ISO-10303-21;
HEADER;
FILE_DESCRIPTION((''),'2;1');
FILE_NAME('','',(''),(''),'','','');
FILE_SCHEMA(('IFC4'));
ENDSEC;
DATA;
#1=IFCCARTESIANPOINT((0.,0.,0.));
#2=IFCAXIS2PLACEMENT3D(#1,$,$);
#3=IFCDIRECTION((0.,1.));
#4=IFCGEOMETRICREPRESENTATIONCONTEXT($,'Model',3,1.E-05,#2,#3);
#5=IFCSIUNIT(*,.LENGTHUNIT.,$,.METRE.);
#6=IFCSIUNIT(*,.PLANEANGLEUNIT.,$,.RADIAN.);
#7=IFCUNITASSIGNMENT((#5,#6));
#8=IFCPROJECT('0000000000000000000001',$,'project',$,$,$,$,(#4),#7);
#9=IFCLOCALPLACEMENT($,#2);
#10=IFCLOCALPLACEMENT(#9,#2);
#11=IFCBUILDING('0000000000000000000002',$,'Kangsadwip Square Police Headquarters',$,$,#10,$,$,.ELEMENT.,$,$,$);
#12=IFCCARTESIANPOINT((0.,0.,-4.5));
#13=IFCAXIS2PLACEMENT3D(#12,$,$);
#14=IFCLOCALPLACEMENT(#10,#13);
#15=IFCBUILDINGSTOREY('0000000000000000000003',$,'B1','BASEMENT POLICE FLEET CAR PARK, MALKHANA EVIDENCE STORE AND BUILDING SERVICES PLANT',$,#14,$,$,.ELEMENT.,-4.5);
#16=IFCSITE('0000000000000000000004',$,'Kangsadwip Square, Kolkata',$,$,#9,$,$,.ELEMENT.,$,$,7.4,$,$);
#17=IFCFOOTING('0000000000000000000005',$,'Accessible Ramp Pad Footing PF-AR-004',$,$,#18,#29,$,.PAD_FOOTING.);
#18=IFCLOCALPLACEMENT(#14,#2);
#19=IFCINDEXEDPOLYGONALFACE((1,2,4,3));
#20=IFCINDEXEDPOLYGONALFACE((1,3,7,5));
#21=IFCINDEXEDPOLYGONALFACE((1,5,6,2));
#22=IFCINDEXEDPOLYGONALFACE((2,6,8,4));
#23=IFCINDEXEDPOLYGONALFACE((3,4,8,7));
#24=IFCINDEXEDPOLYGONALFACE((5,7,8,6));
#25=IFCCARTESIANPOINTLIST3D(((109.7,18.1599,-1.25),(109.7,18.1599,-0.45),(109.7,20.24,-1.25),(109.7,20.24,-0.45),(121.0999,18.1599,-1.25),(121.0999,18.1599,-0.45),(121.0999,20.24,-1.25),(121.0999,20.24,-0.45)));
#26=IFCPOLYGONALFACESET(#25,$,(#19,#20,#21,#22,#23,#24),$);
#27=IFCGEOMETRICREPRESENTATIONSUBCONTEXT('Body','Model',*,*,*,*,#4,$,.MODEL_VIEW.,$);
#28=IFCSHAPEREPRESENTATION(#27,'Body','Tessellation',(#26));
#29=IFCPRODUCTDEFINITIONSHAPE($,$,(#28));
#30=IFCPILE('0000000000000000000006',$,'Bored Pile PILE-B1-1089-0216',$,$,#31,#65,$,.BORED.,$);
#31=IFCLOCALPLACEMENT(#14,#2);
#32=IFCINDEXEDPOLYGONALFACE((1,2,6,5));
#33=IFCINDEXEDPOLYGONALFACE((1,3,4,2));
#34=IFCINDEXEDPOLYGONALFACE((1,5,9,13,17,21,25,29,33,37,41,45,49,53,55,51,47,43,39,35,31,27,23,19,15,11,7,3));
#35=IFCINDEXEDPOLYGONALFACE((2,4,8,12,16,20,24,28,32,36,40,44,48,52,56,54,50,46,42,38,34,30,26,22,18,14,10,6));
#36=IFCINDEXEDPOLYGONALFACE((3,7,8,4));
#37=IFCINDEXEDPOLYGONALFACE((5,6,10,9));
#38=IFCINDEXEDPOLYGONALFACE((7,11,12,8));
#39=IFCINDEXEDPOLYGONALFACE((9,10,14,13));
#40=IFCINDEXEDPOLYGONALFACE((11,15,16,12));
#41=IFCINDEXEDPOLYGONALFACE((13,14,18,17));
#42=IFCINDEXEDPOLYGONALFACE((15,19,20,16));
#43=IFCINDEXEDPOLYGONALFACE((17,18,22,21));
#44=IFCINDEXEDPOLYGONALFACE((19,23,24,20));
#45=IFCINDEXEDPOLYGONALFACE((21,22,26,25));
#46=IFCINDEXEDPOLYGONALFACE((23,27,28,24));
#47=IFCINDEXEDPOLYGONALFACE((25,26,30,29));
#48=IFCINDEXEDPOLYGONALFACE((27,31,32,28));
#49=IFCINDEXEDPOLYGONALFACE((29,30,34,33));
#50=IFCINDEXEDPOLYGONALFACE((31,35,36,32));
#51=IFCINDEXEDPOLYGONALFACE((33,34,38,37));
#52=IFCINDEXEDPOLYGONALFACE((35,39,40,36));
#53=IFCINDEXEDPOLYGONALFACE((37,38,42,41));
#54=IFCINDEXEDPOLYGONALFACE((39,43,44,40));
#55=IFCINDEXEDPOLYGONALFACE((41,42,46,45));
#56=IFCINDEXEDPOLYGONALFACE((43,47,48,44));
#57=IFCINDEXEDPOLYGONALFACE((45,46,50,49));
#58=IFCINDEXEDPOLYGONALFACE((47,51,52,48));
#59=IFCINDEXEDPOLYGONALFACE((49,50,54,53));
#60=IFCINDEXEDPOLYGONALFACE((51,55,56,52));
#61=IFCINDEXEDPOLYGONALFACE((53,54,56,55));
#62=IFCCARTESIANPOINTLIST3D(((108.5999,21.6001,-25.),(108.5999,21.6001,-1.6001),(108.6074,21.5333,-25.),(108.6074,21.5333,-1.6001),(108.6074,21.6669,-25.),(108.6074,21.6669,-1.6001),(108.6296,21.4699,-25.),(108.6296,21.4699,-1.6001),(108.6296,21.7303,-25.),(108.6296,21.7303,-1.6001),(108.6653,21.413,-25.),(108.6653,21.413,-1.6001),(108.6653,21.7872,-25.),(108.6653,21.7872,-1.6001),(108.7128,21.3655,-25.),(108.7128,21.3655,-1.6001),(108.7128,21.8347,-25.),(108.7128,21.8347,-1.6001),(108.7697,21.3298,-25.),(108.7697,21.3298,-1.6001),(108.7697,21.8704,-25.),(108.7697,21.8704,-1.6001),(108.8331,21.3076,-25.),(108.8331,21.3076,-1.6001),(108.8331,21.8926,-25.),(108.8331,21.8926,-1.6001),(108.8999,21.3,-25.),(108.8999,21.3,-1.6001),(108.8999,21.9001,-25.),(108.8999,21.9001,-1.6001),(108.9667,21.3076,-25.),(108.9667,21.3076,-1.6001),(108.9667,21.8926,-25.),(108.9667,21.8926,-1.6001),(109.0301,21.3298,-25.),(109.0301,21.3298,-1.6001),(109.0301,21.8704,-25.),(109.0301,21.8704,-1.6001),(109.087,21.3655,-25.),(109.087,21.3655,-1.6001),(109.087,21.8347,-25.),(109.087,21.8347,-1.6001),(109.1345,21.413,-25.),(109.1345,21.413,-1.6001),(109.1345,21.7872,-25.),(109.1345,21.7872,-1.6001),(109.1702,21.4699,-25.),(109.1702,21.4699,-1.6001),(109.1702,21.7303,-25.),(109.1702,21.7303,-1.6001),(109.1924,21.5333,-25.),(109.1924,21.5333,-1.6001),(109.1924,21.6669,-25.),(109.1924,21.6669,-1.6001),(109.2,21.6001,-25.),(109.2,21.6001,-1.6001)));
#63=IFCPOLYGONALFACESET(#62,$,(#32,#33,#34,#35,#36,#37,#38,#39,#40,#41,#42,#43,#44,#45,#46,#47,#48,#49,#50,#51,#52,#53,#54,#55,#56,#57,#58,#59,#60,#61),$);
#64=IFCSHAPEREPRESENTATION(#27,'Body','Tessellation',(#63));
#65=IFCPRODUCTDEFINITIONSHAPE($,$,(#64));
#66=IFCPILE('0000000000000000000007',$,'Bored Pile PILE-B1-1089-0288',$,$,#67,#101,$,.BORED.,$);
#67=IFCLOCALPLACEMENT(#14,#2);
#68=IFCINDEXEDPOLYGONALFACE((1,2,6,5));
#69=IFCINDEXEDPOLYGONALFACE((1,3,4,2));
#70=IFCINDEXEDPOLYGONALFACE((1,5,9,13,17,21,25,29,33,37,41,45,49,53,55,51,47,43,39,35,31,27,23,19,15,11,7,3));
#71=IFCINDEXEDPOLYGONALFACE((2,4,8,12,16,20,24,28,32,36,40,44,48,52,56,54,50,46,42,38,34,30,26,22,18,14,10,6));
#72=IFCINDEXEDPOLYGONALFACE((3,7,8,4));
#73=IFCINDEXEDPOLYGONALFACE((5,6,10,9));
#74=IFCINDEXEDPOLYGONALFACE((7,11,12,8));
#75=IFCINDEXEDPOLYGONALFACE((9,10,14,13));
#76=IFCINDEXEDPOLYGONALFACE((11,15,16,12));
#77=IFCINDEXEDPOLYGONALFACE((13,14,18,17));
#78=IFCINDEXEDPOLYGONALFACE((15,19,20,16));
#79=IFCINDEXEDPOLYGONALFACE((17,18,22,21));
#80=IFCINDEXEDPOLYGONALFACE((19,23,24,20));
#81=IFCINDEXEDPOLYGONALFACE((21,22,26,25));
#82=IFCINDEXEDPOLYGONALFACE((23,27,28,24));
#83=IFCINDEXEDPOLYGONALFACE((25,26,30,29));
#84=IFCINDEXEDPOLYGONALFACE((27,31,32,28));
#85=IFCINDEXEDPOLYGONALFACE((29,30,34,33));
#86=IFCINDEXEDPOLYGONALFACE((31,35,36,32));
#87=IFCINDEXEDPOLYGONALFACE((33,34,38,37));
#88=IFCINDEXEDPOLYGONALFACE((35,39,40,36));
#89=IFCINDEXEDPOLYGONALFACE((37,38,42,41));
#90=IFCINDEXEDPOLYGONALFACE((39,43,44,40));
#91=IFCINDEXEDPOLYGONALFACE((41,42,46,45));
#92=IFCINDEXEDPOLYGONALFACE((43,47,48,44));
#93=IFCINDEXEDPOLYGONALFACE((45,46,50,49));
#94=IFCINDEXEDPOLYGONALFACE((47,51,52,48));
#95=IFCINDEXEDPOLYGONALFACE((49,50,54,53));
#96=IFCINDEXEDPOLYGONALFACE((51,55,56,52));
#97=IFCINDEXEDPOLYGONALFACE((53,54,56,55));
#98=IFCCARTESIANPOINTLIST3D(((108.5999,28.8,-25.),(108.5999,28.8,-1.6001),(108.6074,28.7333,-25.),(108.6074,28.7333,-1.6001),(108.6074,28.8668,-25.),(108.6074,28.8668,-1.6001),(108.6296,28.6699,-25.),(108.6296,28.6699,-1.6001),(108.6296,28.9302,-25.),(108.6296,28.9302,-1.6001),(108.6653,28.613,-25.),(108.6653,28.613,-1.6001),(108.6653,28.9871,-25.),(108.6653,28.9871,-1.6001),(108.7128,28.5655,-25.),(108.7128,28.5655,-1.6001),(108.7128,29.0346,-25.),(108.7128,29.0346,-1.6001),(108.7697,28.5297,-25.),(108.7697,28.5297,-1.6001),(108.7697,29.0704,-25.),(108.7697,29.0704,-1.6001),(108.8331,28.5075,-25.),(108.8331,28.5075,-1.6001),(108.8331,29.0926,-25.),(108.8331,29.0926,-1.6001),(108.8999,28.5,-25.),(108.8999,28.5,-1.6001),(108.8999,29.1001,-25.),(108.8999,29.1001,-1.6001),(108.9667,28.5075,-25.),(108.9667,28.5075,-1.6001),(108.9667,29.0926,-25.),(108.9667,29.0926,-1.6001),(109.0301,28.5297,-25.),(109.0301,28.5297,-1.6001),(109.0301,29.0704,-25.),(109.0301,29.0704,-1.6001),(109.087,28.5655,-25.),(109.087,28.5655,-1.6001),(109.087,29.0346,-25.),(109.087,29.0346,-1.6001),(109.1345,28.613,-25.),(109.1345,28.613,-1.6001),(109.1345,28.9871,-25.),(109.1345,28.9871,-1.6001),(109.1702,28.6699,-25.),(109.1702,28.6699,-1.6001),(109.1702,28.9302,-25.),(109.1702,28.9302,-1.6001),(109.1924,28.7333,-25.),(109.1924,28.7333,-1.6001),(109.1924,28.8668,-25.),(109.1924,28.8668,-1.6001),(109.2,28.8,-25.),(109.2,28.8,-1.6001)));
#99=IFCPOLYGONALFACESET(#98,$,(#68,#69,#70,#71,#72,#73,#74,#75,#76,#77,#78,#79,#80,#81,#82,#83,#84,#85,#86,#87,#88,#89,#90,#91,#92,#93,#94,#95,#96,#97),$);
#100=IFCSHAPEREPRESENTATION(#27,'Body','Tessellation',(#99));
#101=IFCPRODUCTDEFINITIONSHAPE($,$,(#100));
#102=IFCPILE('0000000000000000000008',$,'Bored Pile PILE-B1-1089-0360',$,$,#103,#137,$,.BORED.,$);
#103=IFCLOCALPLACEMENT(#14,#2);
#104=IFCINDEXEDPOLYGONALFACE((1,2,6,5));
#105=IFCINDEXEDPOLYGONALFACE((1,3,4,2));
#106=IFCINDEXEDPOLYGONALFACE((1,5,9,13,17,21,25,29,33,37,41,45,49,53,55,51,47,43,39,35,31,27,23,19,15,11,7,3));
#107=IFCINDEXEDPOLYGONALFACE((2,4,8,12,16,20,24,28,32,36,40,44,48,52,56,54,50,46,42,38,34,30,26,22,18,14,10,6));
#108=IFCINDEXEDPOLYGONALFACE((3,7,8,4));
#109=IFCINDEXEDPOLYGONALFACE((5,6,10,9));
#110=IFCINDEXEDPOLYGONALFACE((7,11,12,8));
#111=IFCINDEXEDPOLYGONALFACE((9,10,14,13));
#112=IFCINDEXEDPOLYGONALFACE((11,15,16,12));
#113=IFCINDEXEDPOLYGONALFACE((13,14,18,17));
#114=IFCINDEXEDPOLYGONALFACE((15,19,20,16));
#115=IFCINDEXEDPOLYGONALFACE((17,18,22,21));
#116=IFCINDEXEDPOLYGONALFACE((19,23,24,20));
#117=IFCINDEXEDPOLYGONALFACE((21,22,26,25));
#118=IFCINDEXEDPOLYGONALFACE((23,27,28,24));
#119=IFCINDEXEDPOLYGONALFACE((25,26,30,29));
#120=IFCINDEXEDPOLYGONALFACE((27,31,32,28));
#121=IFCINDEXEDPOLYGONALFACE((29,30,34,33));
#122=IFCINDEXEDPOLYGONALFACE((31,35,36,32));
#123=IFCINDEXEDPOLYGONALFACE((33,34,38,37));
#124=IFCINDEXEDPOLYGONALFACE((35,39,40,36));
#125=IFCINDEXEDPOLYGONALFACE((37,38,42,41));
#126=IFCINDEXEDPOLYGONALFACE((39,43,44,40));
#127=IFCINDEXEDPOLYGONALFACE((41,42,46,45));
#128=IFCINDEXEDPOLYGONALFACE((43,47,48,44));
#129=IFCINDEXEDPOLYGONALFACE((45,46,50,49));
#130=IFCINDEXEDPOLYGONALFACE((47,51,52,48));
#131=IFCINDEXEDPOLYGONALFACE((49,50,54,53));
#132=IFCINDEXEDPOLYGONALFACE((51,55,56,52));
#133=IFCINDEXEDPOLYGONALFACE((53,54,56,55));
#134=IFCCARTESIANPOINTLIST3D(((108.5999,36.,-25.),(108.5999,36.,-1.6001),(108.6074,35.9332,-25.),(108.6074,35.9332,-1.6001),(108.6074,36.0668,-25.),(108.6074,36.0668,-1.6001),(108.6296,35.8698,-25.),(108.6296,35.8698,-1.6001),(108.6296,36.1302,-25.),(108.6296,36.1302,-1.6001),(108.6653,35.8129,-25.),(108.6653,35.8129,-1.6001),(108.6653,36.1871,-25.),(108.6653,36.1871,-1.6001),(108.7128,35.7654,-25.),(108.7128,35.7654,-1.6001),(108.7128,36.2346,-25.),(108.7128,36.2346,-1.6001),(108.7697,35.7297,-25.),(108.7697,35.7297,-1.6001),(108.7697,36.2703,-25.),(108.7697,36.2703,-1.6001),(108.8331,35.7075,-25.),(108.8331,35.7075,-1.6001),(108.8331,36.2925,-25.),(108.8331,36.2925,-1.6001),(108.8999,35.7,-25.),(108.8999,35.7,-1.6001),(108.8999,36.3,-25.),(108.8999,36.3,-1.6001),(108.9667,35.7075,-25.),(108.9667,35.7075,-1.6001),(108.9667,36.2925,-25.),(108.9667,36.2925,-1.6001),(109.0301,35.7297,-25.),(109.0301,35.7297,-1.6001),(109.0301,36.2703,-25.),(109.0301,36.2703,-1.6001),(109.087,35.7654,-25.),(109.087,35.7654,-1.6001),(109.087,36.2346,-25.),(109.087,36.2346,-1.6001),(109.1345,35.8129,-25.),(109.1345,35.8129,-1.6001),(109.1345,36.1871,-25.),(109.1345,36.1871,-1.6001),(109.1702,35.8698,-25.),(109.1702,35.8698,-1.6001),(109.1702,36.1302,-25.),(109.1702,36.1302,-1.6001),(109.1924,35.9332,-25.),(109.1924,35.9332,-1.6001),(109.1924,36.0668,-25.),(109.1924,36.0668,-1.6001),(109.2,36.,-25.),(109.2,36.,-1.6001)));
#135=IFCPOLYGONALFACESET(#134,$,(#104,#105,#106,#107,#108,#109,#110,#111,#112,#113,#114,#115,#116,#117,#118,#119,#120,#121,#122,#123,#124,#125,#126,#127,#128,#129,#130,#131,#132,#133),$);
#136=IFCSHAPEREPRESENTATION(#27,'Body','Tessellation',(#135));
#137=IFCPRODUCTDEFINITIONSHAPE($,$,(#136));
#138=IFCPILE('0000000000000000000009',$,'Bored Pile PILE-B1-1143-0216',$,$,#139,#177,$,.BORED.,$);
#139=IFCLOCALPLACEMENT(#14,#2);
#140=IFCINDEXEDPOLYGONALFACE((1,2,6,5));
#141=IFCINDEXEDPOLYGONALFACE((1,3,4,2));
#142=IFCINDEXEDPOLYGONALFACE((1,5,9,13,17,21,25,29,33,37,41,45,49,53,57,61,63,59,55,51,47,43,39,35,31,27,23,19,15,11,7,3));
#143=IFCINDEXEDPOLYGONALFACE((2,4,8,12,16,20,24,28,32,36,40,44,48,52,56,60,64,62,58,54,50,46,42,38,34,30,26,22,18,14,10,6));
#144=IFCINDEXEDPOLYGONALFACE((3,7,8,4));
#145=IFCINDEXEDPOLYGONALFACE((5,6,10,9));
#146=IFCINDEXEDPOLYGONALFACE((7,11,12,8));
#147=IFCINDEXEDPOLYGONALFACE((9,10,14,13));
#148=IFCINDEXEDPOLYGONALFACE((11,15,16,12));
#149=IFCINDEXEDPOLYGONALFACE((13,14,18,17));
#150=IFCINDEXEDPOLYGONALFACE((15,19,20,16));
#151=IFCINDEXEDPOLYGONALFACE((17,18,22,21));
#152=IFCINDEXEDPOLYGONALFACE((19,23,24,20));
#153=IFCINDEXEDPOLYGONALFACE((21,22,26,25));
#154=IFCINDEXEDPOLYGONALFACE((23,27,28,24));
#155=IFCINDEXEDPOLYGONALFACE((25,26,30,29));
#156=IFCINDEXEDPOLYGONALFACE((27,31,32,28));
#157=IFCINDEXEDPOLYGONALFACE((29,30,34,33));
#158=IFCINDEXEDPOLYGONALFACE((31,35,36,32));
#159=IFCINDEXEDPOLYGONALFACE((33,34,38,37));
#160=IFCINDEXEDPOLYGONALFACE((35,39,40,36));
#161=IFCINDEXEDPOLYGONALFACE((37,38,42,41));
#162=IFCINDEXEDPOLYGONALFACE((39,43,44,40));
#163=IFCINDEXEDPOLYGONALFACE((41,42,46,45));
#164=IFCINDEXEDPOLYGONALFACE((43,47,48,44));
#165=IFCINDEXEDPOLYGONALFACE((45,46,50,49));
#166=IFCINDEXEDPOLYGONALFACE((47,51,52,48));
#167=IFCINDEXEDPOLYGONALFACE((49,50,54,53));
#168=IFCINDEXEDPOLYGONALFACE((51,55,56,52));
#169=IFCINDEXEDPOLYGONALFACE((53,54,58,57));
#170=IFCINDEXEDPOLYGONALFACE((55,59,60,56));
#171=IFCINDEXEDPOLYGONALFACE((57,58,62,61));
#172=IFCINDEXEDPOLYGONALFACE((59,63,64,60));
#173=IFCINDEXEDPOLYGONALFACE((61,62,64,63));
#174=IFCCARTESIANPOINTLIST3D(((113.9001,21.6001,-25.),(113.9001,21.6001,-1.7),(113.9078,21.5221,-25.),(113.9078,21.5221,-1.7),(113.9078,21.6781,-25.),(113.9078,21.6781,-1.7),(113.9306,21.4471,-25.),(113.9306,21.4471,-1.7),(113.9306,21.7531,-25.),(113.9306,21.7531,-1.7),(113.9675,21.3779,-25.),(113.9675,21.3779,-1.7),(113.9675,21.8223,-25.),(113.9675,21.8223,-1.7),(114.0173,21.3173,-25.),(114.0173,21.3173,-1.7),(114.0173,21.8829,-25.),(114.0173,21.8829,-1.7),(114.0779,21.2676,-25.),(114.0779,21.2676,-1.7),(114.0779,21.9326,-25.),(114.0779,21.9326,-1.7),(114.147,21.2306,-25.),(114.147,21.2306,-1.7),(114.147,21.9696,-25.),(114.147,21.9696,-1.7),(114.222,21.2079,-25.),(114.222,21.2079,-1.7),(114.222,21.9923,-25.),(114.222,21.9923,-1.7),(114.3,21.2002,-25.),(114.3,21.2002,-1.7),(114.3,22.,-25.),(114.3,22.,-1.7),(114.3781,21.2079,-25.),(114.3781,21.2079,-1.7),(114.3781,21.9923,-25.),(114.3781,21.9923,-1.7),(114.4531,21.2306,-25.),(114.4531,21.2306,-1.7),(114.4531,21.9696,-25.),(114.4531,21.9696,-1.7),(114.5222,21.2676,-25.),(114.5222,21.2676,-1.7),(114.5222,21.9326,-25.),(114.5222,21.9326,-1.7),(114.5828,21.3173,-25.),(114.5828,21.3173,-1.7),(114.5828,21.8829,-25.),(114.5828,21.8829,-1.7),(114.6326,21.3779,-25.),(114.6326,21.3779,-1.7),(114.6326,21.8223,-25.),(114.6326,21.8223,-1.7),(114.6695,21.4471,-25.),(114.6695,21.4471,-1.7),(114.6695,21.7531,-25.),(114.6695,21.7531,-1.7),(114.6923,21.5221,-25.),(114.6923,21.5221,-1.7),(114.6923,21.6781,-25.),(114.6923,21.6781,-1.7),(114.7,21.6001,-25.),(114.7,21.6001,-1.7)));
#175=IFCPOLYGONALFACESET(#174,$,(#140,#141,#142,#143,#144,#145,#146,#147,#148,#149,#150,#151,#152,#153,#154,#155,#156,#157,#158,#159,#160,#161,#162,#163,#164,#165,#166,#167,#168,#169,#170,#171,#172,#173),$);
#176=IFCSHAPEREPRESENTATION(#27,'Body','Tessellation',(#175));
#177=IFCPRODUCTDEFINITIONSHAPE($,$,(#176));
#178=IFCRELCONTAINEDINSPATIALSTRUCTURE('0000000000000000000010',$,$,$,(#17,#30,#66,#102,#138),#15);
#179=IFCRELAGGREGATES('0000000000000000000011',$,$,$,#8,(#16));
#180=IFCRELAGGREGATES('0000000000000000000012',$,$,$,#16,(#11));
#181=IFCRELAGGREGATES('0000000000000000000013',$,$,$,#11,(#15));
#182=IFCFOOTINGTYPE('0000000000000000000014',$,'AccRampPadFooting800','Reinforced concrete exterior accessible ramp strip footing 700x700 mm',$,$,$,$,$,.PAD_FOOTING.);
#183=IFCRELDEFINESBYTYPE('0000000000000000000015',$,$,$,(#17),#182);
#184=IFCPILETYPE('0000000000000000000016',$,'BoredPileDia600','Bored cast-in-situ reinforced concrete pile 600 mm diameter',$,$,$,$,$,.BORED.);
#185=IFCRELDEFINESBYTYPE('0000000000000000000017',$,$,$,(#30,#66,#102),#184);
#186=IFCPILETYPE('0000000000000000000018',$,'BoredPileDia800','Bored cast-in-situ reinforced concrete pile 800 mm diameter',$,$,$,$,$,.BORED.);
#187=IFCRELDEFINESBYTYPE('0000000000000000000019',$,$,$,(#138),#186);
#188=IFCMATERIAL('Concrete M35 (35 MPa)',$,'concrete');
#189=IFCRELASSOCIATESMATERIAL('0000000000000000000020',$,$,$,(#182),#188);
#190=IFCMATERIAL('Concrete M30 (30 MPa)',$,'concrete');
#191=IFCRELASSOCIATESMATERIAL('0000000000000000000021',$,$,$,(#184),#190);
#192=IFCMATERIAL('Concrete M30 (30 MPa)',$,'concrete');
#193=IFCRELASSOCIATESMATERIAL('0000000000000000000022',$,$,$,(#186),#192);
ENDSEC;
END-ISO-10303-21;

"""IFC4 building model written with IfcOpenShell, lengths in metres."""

from ifc_helpers import new_model, si_unit, direction, frame, origin, origin_2d, place, context, subcontext, project, spatial, rectangle, circle, extrude, material, material_profile, profile_set, type_object, element, save


model = new_model("IFC4")

# Units and contexts
model_context = context("Model", 3, precision=1e-05, world=origin(), true_north=direction((0.0, 1.0)))
body_context = subcontext(model_context, "Body", "Model", "MODEL_VIEW")
ifc_project = project(units=[si_unit("LENGTHUNIT", "METRE"), si_unit("PLANEANGLEUNIT", "RADIAN")], contexts=[model_context])

# Site, building, storey
site_placement = place(None, origin())
site = spatial("IfcSite", under=ifc_project, at=site_placement, Name="Kangsadwip Square, Kolkata", CompositionType="ELEMENT", RefElevation=7.4)
building_placement = place(site_placement, origin())
building = spatial("IfcBuilding", under=site, at=building_placement, Name="Kangsadwip Square Police Headquarters", CompositionType="ELEMENT")
storey_placement = place(building_placement, frame((0.0, 0.0, -4.5)))
storey = spatial("IfcBuildingStorey", under=building, at=storey_placement, Name="B1", Description="BASEMENT POLICE FLEET CAR PARK, MALKHANA EVIDENCE STORE AND BUILDING SERVICES PLANT", CompositionType="ELEMENT", Elevation=-4.5)

# Footing
ifc_material_1 = material(Name="Concrete M35 (35 MPa)", Category="concrete")
footing_type_1 = type_object("IfcFootingType", Name="AccRampPadFooting800", Description="Reinforced concrete exterior accessible ramp strip footing 700x700 mm", PredefinedType="PAD_FOOTING", material=ifc_material_1)
footing_1_placement = place(storey_placement, frame((115.3999, 19.2, -1.25), z_axis=(0.0, 0.0, 1.0), x_axis=(1.0, 0.0, 0.0)))
element("IfcFooting", 1, at=footing_1_placement, inside=storey, type_object=footing_type_1, Name="Accessible Ramp Pad Footing PF-AR-004", PredefinedType="PAD_FOOTING", context=body_context, shape_type="SweptSolid", body=[
    extrude(rectangle(XDim=11.3999, YDim=2.0801, at=origin_2d()), origin(), (0.0, 0.0, 1.0), 0.8),
])

# Piles
ifc_material_2 = material(Name="Concrete M30 (30 MPa)", Category="concrete")
ifc_material_profile_1 = material_profile(ifc_material_2, circle(Radius=0.3, at=origin_2d()), Name="PILE DIA 600")
ifc_profile_set_1 = profile_set([ifc_material_profile_1], Name="Concrete M30 (30 MPa)")
pile_type_1 = type_object("IfcPileType", Name="BoredPileDia600", Description="Bored cast-in-situ reinforced concrete pile 600 mm diameter", PredefinedType="BORED", material=ifc_profile_set_1)
for number, where, z_axis, x_axis, name in (
    (2, (108.8999, 21.6001, -1.6001), (0.0, 0.0, -1.0), (1.0, 0.0, 0.0), "Bored Pile PILE-B1-1089-0216"),
    (3, (108.8999, 28.8, -1.6001), (0.0, 0.0, -1.0), (1.0, 0.0, 0.0), "Bored Pile PILE-B1-1089-0288"),
    (4, (108.8999, 36.0, -1.6001), (0.0, 0.0, -1.0), (1.0, 0.0, 0.0), "Bored Pile PILE-B1-1089-0360"),
):
    element("IfcPile", number, at=place(storey_placement, frame(where, z_axis=z_axis, x_axis=x_axis)), inside=storey, type_object=pile_type_1, Name=name, PredefinedType="BORED", context=body_context, shape_type="SweptSolid", body=[
        extrude(circle(Radius=0.3, at=origin_2d()), origin(), (0.0, 0.0, 1.0), 23.3999),
    ])
ifc_material_3 = material(Name="Concrete M30 (30 MPa)", Category="concrete")
ifc_material_profile_2 = material_profile(ifc_material_3, circle(Radius=0.3999, at=origin_2d()), Name="PILE DIA 800")
ifc_profile_set_2 = profile_set([ifc_material_profile_2], Name="Concrete M30 (30 MPa)")
pile_type_2 = type_object("IfcPileType", Name="BoredPileDia800", Description="Bored cast-in-situ reinforced concrete pile 800 mm diameter", PredefinedType="BORED", material=ifc_profile_set_2)
for number, where, z_axis, x_axis, name in (
    (5, (114.3, 21.6001, -1.7), (0.0, 0.0, -1.0), (1.0, 0.0, 0.0), "Bored Pile PILE-B1-1143-0216"),
):
    element("IfcPile", number, at=place(storey_placement, frame(where, z_axis=z_axis, x_axis=x_axis)), inside=storey, type_object=pile_type_2, Name=name, PredefinedType="BORED", context=body_context, shape_type="SweptSolid", body=[
        extrude(circle(Radius=0.3999, at=origin_2d()), origin(), (0.0, 0.0, 1.0), 23.3),
    ])

save(model, "model.ifc")
